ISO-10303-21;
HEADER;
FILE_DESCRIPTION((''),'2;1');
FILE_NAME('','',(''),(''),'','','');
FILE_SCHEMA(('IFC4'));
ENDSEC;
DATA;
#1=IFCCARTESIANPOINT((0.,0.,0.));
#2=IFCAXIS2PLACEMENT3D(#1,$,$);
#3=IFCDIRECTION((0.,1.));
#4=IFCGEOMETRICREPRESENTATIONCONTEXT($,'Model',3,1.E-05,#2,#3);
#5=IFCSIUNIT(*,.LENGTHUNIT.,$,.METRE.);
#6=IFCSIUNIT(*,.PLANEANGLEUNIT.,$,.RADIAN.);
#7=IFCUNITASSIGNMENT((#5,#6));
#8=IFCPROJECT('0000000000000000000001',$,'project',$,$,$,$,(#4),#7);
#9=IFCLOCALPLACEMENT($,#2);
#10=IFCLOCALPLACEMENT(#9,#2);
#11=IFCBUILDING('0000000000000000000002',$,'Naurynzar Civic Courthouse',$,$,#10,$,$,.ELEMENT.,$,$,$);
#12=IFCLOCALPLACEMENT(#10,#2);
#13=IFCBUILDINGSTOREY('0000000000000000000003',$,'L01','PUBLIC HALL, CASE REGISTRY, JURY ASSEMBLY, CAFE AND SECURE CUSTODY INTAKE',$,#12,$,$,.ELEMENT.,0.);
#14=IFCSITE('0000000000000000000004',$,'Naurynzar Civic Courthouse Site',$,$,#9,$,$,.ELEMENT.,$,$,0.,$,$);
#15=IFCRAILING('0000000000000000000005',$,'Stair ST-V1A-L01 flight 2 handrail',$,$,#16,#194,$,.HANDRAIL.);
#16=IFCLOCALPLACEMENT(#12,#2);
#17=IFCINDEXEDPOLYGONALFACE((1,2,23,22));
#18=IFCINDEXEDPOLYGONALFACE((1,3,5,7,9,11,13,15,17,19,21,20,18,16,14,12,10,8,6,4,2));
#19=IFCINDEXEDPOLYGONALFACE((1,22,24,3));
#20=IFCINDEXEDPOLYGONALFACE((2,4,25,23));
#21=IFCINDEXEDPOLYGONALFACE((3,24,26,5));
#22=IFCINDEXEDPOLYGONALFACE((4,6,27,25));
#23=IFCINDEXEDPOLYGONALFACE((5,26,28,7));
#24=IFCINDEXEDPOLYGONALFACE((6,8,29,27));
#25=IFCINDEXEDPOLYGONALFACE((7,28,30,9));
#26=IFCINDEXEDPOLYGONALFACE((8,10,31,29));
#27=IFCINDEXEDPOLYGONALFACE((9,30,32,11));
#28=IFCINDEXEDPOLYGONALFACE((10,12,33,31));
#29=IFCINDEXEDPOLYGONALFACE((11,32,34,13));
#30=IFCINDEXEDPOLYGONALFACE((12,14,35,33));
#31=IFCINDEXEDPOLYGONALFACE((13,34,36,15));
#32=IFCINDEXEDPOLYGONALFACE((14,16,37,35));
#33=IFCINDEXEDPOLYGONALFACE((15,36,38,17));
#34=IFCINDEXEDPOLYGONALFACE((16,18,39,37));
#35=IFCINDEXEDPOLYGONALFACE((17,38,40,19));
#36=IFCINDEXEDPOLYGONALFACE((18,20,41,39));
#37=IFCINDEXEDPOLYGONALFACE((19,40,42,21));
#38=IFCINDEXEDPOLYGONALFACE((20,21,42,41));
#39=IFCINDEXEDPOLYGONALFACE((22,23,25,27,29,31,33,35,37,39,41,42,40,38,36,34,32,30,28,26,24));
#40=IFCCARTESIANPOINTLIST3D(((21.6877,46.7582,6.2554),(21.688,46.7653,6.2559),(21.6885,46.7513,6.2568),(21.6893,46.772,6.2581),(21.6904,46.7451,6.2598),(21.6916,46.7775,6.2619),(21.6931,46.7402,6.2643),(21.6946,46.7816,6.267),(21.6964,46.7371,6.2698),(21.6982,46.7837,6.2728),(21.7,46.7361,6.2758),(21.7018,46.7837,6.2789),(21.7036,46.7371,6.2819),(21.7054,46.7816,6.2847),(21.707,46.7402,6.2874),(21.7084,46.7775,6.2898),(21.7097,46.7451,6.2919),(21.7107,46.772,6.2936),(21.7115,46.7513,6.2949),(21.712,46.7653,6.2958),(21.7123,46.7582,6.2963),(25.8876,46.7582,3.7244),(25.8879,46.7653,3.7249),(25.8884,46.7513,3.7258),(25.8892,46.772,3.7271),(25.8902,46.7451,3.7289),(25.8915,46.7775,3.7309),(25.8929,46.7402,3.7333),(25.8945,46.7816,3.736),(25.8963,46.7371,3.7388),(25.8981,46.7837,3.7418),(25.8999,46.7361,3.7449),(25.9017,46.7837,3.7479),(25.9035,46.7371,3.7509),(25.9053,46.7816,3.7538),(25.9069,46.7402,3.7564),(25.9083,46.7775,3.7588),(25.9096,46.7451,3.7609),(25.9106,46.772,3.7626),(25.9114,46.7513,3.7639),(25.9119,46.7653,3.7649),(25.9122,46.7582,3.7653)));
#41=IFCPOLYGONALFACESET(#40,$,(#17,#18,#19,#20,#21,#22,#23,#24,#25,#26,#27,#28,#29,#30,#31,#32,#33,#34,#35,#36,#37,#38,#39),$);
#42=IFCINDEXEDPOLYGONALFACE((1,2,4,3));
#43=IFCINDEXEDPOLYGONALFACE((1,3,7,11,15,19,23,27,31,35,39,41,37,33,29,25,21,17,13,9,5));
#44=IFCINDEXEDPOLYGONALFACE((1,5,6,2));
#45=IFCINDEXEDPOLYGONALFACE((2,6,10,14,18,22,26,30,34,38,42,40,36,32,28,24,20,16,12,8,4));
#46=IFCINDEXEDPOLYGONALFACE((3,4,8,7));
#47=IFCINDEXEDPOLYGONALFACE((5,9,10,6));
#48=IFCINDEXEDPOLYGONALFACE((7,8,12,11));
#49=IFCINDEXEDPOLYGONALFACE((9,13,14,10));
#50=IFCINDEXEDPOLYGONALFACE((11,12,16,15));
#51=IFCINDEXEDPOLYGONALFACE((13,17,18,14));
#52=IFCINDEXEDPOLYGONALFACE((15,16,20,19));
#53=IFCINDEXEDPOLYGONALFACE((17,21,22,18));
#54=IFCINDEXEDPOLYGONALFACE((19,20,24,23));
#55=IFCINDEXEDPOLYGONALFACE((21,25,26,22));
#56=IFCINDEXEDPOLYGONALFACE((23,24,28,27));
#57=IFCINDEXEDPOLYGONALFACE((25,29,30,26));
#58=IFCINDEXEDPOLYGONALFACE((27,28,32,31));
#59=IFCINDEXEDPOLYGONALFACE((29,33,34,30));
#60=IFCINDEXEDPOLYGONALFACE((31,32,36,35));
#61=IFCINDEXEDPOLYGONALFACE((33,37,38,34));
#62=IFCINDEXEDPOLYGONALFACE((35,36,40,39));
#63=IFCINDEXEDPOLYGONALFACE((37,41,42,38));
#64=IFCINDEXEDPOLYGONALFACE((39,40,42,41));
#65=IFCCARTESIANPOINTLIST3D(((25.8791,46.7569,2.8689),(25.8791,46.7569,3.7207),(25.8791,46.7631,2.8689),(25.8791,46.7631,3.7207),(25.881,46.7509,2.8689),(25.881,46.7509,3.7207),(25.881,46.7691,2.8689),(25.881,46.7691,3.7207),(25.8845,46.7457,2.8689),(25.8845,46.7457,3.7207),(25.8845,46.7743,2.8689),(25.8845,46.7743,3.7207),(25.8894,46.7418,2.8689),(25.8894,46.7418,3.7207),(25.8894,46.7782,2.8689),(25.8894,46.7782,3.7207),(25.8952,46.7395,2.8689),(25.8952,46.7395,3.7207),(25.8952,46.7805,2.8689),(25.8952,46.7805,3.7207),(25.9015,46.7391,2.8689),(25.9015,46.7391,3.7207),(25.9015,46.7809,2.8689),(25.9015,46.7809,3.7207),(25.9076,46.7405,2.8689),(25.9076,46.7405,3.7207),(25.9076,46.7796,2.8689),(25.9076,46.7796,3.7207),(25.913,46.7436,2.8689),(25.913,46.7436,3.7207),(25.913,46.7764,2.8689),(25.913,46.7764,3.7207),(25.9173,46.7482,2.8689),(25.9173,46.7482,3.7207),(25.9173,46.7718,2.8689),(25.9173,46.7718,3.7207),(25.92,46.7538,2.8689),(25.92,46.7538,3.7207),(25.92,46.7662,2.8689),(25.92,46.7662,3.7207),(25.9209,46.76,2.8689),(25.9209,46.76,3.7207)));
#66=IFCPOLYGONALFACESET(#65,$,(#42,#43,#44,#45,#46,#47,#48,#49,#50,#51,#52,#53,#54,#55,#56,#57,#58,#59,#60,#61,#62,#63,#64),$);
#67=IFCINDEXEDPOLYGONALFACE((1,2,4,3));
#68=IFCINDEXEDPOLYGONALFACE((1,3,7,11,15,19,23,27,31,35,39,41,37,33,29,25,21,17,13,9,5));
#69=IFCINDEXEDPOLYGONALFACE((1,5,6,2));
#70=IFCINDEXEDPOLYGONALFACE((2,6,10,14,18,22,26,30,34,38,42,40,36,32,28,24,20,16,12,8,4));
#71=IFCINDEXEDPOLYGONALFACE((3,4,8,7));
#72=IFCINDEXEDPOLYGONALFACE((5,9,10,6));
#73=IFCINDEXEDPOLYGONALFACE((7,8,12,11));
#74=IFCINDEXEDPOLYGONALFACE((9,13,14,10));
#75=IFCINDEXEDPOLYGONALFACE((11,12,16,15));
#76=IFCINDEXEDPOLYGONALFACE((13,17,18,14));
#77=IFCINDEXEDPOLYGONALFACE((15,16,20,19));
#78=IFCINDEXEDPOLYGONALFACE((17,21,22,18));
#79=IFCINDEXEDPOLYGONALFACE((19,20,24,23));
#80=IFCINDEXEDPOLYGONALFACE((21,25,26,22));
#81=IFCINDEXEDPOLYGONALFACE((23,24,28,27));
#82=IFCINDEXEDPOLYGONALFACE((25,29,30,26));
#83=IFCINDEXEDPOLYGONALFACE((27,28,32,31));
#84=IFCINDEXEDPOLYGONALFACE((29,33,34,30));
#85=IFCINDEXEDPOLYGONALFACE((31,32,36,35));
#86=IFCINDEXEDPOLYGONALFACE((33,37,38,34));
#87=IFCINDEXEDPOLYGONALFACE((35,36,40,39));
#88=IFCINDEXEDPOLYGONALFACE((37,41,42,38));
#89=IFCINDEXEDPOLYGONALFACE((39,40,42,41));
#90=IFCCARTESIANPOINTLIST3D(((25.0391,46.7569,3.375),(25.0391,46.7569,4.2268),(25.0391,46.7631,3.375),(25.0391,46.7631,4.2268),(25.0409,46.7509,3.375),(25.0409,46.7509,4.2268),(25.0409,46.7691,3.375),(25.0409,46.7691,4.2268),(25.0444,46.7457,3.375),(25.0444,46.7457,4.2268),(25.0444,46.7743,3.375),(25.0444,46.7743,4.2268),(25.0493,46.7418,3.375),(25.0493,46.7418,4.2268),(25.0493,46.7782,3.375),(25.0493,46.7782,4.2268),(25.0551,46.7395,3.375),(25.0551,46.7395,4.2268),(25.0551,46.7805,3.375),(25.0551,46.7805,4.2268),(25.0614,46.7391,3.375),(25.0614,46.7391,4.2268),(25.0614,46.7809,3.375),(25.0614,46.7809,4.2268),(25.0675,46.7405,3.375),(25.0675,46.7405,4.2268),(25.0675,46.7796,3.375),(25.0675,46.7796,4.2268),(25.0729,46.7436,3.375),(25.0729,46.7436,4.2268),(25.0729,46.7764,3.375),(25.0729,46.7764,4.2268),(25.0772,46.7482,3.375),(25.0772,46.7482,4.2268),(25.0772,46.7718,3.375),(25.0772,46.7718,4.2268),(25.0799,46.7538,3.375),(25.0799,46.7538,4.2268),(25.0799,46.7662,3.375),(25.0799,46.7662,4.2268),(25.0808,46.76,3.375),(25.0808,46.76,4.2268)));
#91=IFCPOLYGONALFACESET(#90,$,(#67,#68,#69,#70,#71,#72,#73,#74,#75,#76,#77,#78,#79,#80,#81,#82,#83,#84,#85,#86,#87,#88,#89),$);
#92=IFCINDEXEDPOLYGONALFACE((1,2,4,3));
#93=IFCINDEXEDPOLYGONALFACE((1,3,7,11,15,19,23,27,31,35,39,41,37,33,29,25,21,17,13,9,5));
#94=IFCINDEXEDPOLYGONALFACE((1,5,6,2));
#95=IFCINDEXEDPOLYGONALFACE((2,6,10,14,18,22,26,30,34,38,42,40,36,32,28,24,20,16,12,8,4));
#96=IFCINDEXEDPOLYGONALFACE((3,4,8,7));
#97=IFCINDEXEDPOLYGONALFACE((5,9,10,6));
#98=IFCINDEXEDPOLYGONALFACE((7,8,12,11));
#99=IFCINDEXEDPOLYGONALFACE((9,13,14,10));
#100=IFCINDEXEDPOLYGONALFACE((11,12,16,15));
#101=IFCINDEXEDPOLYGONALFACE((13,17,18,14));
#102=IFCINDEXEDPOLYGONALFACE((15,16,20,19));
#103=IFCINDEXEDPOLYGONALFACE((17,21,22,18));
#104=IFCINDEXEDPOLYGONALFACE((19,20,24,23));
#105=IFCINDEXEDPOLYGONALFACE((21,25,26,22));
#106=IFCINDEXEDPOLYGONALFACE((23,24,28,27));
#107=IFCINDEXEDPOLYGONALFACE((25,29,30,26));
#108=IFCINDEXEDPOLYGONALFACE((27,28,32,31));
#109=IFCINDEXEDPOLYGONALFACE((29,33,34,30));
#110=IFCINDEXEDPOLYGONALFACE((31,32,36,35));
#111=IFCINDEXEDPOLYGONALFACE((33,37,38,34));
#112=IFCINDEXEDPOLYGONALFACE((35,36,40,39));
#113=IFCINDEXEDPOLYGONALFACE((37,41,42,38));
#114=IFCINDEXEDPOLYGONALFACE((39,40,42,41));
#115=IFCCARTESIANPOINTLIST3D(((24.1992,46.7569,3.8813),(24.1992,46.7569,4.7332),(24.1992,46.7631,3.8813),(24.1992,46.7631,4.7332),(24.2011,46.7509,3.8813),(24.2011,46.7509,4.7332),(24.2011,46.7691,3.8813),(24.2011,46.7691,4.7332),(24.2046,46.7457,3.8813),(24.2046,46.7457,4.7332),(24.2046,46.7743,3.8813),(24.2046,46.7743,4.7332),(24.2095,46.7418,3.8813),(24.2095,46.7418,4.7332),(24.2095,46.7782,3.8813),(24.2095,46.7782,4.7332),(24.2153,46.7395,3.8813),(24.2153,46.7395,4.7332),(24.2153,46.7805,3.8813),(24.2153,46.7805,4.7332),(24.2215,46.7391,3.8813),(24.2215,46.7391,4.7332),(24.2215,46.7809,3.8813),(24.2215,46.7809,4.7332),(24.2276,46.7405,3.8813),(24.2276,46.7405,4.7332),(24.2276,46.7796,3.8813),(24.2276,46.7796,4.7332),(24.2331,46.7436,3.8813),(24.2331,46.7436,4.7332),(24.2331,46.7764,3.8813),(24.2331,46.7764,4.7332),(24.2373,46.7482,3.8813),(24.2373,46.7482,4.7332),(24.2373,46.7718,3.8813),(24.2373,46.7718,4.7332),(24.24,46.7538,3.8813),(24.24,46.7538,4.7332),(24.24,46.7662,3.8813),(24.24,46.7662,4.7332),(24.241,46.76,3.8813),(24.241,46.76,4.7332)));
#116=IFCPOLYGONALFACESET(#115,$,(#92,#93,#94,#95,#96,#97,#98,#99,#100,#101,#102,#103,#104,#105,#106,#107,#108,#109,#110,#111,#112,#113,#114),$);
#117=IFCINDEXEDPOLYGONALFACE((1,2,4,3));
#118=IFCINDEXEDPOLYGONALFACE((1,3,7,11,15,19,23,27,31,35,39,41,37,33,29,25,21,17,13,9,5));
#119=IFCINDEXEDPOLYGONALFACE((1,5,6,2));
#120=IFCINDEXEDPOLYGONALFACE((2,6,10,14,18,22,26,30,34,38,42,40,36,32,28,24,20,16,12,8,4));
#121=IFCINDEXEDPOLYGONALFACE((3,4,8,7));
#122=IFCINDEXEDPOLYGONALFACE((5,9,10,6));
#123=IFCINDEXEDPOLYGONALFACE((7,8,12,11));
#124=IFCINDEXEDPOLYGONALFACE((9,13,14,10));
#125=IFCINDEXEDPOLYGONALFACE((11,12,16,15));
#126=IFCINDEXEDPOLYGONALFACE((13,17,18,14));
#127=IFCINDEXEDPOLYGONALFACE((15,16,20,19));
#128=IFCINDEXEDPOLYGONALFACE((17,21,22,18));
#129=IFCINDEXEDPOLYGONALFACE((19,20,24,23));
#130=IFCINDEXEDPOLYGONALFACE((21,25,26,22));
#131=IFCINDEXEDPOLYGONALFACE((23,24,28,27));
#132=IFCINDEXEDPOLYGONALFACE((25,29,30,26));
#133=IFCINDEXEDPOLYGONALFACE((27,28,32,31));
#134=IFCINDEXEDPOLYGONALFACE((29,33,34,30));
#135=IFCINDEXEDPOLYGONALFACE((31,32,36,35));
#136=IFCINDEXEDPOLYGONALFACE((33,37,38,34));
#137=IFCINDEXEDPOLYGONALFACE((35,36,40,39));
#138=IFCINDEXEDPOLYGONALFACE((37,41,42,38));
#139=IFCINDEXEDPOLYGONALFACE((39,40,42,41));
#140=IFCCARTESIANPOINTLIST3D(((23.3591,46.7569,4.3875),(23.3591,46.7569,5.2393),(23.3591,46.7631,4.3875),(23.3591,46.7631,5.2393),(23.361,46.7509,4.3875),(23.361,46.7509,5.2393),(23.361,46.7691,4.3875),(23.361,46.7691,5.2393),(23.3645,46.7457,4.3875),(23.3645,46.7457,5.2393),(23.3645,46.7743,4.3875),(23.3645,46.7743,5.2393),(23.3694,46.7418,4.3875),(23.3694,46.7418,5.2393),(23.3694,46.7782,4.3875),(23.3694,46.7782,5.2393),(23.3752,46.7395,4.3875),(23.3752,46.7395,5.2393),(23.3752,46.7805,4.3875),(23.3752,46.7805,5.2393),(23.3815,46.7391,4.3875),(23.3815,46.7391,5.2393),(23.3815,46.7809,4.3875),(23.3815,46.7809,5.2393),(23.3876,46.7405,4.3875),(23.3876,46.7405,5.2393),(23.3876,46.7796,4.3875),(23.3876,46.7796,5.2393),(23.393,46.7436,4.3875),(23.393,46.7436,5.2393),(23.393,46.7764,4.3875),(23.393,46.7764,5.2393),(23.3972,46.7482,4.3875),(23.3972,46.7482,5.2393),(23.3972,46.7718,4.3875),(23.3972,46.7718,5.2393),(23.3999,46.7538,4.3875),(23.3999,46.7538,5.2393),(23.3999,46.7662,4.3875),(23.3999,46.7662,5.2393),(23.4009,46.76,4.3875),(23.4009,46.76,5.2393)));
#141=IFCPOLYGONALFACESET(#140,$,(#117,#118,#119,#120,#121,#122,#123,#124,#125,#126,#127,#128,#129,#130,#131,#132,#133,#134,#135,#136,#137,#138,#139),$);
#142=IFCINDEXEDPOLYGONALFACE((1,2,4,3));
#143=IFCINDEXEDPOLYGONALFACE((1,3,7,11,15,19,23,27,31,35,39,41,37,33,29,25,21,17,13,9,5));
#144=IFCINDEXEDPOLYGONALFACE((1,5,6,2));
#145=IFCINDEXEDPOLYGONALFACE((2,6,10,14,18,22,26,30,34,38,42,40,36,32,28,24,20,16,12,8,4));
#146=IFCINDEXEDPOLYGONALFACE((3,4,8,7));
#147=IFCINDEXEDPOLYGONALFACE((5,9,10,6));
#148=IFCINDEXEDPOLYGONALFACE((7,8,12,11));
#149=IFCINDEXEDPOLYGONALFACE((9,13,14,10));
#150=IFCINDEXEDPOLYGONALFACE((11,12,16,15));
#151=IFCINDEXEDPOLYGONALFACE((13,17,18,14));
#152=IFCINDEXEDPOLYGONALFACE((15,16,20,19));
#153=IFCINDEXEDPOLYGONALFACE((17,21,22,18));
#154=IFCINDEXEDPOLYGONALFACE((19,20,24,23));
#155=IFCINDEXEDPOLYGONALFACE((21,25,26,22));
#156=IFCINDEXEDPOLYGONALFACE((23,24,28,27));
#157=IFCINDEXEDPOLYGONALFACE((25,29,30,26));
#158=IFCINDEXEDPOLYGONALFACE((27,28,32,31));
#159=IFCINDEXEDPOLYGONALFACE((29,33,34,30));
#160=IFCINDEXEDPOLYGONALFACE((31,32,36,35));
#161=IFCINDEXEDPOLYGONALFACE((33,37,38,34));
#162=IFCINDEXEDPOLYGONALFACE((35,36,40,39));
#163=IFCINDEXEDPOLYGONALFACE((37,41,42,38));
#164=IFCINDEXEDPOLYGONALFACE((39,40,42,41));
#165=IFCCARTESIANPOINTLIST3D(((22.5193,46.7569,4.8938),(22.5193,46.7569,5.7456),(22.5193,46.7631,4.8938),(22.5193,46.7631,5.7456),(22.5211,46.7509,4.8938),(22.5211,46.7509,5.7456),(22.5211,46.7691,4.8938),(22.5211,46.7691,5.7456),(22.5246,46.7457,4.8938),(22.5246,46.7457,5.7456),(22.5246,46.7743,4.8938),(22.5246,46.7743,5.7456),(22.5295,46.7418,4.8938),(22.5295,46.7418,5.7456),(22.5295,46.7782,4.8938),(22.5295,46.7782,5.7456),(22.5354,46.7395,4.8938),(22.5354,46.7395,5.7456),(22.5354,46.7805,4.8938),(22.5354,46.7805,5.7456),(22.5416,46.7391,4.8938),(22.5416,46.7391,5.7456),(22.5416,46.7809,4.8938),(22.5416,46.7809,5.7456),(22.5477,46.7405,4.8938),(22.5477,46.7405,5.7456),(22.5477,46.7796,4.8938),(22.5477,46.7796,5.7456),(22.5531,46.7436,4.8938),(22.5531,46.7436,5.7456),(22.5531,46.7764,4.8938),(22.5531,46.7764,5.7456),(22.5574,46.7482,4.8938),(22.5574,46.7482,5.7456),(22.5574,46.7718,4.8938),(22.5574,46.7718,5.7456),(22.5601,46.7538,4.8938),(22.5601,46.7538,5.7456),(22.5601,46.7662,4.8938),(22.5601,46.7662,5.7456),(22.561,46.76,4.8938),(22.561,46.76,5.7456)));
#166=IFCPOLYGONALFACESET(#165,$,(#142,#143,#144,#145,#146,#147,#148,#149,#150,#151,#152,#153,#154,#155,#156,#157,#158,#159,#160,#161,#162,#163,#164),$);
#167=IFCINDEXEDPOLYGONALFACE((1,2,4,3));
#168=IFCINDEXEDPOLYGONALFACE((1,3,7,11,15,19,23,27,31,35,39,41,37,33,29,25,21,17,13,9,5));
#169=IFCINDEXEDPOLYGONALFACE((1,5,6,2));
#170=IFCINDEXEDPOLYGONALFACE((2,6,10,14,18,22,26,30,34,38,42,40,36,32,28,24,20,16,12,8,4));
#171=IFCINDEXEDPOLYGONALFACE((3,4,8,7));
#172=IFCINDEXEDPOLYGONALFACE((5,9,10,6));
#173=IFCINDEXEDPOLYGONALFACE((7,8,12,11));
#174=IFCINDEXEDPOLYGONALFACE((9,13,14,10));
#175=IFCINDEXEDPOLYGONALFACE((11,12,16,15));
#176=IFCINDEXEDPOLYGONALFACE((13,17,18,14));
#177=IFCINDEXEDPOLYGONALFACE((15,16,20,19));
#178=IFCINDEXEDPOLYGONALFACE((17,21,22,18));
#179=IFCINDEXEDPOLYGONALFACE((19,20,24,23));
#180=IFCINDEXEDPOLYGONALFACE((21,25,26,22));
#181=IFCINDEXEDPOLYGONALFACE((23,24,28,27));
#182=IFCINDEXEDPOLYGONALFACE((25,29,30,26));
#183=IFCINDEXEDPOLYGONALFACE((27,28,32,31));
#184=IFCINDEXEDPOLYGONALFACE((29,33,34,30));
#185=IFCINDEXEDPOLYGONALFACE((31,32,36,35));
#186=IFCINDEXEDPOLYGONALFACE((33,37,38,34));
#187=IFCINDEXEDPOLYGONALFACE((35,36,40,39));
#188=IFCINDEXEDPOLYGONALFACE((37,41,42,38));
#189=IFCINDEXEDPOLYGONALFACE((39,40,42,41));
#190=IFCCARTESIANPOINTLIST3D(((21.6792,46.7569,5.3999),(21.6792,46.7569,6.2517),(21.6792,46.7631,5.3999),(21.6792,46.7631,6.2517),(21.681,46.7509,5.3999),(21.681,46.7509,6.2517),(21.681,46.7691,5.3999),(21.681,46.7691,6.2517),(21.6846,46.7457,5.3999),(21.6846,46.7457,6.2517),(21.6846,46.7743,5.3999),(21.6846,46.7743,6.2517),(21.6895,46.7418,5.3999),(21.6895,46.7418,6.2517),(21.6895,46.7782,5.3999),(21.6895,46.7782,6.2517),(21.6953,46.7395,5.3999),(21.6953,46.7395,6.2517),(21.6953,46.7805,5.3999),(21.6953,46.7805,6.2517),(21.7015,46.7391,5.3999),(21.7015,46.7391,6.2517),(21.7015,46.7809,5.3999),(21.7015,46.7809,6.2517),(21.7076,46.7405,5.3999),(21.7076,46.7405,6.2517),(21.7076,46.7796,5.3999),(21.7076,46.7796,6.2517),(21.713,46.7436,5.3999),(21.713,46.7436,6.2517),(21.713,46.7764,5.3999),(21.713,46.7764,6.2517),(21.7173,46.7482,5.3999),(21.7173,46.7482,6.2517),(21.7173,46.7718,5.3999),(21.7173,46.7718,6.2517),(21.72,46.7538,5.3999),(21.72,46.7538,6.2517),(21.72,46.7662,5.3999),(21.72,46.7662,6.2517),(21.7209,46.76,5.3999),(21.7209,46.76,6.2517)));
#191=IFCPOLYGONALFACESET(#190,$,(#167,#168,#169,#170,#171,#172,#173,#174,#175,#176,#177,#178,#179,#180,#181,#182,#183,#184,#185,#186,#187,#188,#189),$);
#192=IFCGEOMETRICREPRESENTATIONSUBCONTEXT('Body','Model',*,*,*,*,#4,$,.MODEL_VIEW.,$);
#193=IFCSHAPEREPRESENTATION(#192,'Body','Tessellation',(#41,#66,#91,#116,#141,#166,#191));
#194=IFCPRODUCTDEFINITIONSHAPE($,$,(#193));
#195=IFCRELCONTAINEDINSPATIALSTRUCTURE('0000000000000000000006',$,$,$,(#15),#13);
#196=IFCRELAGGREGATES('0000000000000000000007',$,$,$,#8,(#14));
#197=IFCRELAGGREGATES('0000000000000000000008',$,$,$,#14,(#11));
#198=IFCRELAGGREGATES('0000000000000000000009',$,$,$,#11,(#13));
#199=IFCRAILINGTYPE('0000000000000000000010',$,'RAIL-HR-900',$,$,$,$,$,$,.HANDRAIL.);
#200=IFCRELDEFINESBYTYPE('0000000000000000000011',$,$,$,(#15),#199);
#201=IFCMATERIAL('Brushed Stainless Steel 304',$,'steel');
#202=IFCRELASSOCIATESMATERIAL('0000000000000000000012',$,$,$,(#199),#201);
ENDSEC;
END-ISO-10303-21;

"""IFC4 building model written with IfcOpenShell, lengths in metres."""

from ifc_helpers import new_model, si_unit, direction, frame, origin, origin_2d, place, context, subcontext, project, spatial, circle, extrude, material, type_object, element, save


model = new_model("IFC4")

# Units and contexts
model_context = context("Model", 3, precision=1e-05, world=origin(), true_north=direction((0.0, 1.0)))
body_context = subcontext(model_context, "Body", "Model", "MODEL_VIEW")
ifc_project = project(units=[si_unit("LENGTHUNIT", "METRE"), si_unit("PLANEANGLEUNIT", "RADIAN")], contexts=[model_context])

# Site, building, storey
site_placement = place(None, origin())
site = spatial("IfcSite", under=ifc_project, at=site_placement, Name="Naurynzar Civic Courthouse Site", CompositionType="ELEMENT", RefElevation=0.0)
building_placement = place(site_placement, origin())
building = spatial("IfcBuilding", under=site, at=building_placement, Name="Naurynzar Civic Courthouse", CompositionType="ELEMENT")
storey_placement = place(building_placement, origin())
storey = spatial("IfcBuildingStorey", under=building, at=storey_placement, Name="L01", Description="PUBLIC HALL, CASE REGISTRY, JURY ASSEMBLY, CAFE AND SECURE CUSTODY INTAKE", CompositionType="ELEMENT", Elevation=0.0)

# Railing
ifc_material_1 = material(Name="Brushed Stainless Steel 304", Category="steel")
railing_type_1 = type_object("IfcRailingType", Name="RAIL-HR-900", PredefinedType="HANDRAIL", material=ifc_material_1)
railing_1_placement = place(storey_placement, frame((25.8999, 46.76, 2.8689)))
element("IfcRailing", 1, at=railing_1_placement, inside=storey, type_object=railing_type_1, Name="Stair ST-V1A-L01 flight 2 handrail", PredefinedType="HANDRAIL", context=body_context, shape_type="SweptSolid", body=[
    extrude(circle(Radius=0.0239, at=origin_2d()), frame((0.0, 0.0, 0.876), z_axis=(-0.856499, 0.0, 0.51615), x_axis=(0.0, -1.0, 0.0)), (0.0, 0.0, 1.0), 4.9036),
    extrude(circle(Radius=0.021, at=origin_2d()), origin(), (0.0, 0.0, 1.0), 0.8518),
    extrude(circle(Radius=0.021, at=origin_2d()), frame((-0.8401, 0.0, 0.5061)), (0.0, 0.0, 1.0), 0.8518),
    extrude(circle(Radius=0.021, at=origin_2d()), frame((-1.6799, 0.0, 1.0125)), (0.0, 0.0, 1.0), 0.8518),
    extrude(circle(Radius=0.021, at=origin_2d()), frame((-2.52, 0.0, 1.5186)), (0.0, 0.0, 1.0), 0.8518),
    extrude(circle(Radius=0.021, at=origin_2d()), frame((-3.3599, 0.0, 2.0249)), (0.0, 0.0, 1.0), 0.8518),
    extrude(circle(Radius=0.021, at=origin_2d()), frame((-4.2, 0.0, 2.531)), (0.0, 0.0, 1.0), 0.8518),
])

save(model, "model.ifc")
